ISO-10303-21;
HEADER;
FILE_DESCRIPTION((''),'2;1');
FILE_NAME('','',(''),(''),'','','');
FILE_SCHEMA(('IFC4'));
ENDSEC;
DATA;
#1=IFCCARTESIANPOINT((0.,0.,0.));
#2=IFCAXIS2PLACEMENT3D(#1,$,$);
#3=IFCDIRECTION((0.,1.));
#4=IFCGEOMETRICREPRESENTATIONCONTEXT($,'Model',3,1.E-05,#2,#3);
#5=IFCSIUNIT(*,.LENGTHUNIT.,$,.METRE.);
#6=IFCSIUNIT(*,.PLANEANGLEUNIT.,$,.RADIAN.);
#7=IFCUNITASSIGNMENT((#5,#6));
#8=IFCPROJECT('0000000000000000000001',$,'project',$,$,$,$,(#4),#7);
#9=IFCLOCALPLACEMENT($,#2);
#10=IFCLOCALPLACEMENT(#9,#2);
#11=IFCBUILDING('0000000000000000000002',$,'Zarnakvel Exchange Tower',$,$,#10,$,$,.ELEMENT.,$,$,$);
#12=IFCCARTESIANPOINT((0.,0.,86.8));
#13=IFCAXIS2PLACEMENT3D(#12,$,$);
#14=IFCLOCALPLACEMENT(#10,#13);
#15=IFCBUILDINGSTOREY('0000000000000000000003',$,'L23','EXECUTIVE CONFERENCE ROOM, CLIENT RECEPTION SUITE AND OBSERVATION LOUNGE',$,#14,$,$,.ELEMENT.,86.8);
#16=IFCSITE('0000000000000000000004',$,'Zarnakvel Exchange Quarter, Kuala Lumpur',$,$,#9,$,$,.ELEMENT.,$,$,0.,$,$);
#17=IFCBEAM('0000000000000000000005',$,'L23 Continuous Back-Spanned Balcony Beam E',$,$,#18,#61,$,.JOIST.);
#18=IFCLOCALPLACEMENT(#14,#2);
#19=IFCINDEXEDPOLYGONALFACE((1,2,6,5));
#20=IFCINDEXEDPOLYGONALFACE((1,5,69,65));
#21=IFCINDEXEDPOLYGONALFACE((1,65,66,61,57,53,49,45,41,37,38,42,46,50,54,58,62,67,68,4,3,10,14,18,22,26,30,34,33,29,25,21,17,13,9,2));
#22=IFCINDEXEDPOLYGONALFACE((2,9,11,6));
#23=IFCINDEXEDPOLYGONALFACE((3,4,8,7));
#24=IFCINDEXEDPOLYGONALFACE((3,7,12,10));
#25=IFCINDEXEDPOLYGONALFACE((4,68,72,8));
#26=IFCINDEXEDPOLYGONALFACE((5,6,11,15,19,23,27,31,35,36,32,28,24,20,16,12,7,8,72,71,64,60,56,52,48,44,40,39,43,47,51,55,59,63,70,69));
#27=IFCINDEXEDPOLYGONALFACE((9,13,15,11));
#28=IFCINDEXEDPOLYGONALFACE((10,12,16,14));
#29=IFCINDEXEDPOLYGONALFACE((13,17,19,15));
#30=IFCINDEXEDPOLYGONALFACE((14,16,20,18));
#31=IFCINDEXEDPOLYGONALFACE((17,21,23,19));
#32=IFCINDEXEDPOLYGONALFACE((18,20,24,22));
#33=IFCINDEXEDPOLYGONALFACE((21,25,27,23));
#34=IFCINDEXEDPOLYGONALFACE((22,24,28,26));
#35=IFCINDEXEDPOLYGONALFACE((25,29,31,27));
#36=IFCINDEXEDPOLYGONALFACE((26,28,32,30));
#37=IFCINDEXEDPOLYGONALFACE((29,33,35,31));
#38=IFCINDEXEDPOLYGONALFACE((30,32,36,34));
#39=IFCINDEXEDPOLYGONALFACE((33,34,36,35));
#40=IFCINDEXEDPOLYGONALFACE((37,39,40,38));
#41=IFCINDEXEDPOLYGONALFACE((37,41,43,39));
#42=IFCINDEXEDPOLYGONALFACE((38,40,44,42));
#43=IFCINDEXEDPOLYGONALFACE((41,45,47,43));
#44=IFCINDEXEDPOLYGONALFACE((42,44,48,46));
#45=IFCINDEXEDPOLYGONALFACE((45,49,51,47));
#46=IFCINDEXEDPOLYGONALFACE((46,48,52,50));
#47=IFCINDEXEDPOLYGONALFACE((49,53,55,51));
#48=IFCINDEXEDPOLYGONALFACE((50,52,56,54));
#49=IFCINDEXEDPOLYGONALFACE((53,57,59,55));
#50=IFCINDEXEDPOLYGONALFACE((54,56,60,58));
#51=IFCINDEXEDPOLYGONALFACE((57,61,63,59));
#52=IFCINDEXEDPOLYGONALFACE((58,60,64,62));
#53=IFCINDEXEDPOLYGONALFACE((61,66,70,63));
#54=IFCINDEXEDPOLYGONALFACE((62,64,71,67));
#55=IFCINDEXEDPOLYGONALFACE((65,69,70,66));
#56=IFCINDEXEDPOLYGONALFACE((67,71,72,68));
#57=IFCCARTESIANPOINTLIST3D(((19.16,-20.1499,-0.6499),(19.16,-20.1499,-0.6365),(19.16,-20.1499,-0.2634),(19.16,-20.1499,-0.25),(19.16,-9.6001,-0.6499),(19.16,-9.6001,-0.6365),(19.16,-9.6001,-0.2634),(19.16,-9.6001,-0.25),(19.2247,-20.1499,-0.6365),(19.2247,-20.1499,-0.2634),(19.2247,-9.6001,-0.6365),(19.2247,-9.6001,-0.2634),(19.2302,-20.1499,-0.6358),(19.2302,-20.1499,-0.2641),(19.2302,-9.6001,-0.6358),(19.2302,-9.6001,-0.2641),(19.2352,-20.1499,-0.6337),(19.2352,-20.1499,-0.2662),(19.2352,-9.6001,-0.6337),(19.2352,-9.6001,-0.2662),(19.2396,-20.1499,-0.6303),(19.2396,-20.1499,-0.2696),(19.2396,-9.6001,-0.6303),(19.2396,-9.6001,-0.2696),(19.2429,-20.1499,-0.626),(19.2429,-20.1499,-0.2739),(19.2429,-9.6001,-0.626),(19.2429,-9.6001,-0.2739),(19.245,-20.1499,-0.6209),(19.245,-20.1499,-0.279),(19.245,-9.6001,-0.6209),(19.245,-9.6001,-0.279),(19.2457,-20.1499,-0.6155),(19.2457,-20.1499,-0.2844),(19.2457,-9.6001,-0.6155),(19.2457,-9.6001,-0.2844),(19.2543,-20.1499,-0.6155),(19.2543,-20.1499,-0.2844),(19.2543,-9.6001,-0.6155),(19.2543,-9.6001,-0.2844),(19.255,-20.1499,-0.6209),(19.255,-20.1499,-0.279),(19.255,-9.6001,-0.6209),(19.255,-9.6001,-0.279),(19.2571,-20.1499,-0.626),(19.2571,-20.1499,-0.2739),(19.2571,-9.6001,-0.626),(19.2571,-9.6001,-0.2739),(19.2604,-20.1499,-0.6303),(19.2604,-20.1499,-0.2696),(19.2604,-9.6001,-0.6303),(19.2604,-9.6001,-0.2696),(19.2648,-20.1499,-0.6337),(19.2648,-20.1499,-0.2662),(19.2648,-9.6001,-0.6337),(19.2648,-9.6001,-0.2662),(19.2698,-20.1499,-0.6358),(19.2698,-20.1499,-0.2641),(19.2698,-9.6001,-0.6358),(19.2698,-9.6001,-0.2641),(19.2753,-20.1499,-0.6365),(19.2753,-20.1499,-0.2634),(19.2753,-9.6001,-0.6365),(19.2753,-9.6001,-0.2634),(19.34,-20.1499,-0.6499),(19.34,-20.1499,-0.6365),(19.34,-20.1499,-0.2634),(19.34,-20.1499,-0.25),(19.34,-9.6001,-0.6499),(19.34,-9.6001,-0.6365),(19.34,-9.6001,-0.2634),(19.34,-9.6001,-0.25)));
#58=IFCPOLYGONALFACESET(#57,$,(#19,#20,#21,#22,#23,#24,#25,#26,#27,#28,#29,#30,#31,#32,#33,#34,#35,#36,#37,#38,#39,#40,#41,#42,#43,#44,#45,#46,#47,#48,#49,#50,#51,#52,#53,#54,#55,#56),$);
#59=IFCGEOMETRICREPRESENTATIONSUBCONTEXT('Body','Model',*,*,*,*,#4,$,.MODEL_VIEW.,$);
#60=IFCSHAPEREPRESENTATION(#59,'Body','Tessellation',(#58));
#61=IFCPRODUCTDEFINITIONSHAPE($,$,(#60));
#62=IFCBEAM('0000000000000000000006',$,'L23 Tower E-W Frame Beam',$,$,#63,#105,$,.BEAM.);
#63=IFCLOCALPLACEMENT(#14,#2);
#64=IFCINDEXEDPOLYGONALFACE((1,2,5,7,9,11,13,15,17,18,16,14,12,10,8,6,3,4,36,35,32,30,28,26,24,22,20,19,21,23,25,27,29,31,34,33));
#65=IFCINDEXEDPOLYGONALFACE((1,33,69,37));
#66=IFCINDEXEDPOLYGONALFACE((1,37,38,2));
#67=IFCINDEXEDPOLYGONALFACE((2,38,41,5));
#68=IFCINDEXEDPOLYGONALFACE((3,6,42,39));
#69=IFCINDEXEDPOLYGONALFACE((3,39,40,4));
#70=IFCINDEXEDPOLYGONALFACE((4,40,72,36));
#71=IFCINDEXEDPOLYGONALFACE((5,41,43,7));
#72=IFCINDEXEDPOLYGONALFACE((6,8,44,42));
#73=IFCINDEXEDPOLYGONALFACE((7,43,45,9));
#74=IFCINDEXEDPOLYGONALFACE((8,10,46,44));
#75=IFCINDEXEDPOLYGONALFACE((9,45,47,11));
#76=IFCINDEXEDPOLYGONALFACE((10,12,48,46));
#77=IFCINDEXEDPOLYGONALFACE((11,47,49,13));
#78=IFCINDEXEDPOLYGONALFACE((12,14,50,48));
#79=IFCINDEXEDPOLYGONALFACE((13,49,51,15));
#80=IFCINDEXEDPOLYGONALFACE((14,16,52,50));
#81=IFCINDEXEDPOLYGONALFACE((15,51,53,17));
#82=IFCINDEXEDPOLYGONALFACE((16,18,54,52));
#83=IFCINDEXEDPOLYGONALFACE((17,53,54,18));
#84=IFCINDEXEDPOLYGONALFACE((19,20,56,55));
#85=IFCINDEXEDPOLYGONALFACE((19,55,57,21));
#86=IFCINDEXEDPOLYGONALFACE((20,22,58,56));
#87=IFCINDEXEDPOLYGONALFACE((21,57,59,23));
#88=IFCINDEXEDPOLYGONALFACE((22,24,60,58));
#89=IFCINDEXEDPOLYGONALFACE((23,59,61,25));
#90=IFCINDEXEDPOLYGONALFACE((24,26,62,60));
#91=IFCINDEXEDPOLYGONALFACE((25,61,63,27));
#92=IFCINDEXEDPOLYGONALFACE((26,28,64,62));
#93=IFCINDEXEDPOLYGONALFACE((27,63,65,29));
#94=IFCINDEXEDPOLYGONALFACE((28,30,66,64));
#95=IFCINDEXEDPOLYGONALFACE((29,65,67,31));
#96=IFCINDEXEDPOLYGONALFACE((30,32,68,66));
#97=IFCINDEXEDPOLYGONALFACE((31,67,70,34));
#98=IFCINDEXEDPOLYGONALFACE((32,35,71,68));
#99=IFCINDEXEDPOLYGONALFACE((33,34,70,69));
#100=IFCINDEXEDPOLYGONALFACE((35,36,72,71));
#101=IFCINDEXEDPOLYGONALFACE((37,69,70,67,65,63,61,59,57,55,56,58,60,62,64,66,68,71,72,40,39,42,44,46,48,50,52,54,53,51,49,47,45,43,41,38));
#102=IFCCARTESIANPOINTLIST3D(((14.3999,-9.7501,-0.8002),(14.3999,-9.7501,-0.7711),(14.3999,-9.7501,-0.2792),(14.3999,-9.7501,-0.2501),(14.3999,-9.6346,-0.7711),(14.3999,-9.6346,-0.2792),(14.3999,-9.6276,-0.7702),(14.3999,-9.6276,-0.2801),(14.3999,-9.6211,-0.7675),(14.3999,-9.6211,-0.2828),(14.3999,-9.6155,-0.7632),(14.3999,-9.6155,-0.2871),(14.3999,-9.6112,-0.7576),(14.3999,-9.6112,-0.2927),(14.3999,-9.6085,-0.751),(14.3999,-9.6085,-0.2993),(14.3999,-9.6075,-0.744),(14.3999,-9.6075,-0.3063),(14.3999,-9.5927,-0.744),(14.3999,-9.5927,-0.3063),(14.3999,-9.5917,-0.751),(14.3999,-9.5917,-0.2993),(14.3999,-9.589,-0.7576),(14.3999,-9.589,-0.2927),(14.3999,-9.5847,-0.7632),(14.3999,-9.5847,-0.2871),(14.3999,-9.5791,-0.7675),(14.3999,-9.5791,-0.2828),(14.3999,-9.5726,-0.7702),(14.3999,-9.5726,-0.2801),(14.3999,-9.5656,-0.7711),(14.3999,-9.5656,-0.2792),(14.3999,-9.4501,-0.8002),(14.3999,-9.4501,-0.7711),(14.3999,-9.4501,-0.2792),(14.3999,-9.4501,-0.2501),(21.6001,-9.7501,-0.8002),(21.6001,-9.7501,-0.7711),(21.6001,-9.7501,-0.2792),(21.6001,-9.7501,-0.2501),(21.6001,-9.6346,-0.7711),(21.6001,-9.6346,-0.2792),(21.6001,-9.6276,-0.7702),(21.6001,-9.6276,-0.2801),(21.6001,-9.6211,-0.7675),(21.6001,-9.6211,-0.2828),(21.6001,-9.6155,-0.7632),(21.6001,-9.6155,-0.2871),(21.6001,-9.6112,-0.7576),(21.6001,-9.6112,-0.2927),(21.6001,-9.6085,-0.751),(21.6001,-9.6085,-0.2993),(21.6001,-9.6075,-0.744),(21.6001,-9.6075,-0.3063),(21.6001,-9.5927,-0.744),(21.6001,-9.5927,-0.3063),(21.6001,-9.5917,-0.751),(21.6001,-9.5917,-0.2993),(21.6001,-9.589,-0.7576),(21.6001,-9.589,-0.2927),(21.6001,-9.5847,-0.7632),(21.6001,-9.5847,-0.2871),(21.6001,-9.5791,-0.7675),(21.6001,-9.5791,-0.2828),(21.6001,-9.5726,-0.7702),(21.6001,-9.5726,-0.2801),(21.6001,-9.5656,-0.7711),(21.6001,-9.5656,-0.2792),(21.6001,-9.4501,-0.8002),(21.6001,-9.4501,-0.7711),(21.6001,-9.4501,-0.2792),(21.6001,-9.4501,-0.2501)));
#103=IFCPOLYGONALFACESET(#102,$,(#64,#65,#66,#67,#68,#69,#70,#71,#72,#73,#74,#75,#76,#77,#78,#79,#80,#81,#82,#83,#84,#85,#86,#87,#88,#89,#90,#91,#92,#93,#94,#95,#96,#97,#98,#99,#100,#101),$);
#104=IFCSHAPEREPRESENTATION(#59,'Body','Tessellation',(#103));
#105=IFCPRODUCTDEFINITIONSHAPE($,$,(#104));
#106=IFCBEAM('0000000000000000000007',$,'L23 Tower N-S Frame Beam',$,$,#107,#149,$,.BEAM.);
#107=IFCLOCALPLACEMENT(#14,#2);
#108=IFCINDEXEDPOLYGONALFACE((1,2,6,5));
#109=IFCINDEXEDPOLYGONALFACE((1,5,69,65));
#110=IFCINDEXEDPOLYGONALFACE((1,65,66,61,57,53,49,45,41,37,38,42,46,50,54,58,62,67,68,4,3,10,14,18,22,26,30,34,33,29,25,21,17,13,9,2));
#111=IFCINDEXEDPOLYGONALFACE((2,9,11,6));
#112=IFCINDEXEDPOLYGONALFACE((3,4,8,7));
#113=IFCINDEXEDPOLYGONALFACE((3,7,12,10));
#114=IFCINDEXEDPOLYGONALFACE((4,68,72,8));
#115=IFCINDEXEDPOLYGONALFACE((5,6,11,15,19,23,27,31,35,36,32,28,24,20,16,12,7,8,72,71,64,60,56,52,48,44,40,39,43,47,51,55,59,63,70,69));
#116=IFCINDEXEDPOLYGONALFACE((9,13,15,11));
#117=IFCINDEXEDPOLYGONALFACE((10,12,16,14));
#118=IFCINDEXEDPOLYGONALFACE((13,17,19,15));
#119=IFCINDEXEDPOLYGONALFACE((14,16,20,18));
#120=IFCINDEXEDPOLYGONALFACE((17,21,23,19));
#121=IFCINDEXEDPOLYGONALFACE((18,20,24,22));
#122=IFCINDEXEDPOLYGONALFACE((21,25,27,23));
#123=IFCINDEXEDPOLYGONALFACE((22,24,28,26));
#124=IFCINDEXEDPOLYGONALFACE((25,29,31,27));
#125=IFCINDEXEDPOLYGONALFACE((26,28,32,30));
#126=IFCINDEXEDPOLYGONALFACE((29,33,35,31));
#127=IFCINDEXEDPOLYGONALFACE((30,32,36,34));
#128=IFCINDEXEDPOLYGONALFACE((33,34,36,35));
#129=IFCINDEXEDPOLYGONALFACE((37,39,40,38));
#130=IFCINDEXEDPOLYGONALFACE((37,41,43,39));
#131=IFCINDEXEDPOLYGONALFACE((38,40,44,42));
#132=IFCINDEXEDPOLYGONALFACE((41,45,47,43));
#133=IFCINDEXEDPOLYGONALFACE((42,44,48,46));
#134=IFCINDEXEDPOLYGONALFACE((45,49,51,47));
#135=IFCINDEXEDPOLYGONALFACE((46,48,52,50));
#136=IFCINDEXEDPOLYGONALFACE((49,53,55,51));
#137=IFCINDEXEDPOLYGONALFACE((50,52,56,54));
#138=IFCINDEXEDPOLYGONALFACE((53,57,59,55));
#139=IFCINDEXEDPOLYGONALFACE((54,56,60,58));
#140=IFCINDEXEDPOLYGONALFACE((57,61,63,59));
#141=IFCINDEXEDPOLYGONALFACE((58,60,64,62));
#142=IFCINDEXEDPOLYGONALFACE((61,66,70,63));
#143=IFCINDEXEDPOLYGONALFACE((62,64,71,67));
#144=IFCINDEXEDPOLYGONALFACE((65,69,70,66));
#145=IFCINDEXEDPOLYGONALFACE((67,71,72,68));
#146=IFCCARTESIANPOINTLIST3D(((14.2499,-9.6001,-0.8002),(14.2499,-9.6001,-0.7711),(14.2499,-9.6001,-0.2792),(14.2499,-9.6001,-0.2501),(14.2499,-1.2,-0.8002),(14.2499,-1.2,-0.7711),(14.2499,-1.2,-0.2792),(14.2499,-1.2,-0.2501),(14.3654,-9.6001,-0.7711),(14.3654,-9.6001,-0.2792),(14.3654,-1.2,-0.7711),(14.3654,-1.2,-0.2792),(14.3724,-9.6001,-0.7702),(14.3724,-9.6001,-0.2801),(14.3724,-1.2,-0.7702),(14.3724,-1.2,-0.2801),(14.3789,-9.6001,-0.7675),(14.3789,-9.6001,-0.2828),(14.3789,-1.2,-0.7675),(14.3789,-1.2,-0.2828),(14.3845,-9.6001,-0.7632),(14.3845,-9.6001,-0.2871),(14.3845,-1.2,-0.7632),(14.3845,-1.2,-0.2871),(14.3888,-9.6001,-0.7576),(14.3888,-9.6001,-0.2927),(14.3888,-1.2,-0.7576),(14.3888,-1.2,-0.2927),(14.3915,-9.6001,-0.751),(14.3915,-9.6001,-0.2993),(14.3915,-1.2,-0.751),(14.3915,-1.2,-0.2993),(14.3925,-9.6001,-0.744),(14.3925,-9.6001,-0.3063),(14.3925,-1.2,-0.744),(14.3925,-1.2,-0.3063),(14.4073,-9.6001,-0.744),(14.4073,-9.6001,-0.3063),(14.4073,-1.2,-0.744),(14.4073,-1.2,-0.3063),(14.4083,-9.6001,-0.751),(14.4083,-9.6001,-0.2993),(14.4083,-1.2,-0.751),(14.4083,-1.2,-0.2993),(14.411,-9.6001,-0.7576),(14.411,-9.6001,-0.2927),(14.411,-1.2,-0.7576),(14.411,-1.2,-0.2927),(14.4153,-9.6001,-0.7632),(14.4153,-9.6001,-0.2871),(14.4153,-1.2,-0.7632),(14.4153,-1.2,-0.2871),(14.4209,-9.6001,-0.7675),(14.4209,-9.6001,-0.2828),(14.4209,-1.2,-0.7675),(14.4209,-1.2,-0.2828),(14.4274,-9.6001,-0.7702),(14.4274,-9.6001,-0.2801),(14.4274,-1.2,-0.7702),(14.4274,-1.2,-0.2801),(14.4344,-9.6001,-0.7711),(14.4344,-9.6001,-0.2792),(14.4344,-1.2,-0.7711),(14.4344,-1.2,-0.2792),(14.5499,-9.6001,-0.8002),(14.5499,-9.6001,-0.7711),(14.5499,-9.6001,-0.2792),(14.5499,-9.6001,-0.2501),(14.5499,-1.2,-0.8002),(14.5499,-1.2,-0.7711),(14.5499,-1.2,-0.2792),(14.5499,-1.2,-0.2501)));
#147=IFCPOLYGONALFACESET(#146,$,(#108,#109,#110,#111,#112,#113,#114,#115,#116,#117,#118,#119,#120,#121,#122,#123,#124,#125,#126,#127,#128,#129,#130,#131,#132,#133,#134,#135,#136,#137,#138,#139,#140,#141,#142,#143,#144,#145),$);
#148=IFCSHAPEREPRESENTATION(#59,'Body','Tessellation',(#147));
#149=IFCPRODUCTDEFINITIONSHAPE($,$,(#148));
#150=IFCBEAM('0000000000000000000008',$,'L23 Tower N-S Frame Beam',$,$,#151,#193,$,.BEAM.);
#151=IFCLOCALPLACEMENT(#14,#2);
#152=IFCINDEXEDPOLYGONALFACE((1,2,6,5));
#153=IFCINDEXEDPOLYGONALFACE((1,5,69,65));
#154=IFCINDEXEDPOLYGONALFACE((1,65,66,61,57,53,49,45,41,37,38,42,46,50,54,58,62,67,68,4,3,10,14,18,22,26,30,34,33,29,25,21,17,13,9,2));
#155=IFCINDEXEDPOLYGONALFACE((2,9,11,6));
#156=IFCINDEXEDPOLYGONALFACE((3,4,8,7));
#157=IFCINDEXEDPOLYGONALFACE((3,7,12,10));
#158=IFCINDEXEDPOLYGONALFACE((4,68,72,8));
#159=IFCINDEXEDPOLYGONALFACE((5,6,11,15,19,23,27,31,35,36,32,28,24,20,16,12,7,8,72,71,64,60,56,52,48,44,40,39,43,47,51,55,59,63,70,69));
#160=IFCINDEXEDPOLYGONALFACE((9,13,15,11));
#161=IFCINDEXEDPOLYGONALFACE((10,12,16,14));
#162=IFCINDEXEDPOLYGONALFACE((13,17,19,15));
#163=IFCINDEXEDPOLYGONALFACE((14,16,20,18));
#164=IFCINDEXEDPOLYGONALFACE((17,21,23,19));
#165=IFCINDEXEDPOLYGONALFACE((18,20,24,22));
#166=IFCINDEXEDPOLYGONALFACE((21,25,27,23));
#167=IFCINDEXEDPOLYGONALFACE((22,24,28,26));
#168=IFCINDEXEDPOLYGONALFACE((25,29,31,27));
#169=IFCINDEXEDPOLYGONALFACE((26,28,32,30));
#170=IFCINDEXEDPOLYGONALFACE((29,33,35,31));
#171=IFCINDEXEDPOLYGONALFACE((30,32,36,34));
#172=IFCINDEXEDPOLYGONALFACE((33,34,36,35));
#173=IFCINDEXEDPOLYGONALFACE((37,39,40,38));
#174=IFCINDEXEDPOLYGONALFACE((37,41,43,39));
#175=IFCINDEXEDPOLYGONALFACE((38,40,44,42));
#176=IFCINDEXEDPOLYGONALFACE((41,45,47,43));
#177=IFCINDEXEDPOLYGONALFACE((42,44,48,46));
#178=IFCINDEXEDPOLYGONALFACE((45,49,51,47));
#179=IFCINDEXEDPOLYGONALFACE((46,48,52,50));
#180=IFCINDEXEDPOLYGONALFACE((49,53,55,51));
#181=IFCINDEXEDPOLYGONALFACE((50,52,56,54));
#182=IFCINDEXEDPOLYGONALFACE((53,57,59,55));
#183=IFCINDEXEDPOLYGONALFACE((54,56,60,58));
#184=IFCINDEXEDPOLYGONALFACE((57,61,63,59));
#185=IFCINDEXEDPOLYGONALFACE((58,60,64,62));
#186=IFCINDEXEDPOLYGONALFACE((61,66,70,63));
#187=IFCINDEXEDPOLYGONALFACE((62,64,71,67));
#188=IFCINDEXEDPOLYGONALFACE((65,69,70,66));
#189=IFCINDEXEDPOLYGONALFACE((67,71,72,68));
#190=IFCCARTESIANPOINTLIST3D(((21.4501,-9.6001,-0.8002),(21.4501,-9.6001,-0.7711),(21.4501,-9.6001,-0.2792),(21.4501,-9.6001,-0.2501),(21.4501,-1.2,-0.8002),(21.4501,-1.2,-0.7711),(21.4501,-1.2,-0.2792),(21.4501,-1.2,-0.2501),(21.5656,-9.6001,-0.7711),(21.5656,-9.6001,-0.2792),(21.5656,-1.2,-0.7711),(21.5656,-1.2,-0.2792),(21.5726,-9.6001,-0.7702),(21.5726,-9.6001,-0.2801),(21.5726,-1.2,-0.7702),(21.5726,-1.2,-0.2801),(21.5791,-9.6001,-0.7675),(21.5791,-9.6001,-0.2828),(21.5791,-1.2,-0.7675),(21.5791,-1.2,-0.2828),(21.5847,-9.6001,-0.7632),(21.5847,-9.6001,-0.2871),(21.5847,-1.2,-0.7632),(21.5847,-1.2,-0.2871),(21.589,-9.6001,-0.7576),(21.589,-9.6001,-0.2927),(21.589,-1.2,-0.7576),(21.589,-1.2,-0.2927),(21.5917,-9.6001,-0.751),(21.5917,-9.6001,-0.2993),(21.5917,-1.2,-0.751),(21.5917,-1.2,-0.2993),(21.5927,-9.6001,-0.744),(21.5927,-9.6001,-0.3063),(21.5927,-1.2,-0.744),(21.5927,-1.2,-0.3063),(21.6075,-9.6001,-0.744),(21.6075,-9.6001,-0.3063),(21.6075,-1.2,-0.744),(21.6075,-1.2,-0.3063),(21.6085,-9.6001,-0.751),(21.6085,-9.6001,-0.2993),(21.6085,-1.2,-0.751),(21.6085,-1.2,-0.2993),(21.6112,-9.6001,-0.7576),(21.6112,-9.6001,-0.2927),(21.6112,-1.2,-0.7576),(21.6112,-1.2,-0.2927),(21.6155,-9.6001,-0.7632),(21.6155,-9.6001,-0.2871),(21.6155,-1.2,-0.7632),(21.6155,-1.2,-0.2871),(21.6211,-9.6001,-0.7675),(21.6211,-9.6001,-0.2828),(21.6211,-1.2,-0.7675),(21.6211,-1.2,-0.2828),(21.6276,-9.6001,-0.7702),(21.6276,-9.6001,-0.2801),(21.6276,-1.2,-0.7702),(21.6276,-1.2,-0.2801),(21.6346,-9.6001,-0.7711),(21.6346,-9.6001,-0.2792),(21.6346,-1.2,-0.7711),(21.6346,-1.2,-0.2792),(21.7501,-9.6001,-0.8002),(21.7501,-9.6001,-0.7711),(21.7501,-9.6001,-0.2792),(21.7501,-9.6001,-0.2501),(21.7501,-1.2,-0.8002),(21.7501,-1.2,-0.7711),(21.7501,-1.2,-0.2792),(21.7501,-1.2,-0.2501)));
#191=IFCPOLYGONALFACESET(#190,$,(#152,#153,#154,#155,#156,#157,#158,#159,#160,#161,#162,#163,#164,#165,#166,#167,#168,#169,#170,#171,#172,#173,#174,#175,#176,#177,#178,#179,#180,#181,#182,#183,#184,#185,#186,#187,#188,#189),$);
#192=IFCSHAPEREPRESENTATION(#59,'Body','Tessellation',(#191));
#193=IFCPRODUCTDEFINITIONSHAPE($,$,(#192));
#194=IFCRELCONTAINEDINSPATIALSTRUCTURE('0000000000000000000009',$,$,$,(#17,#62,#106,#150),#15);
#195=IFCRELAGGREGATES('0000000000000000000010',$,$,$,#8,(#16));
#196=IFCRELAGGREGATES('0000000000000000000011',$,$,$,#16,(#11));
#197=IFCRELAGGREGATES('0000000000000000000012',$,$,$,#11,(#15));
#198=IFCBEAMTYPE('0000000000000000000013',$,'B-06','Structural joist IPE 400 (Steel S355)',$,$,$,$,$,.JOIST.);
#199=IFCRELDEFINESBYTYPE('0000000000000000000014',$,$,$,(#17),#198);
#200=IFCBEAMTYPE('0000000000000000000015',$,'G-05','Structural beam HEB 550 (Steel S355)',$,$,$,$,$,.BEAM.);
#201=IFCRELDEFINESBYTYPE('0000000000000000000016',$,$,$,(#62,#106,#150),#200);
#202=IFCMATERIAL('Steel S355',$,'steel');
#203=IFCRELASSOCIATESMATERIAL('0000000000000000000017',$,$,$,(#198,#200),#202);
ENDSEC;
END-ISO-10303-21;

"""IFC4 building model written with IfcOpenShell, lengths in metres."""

from ifc_helpers import new_model, si_unit, direction, frame, origin, origin_2d, place, context, subcontext, project, spatial, i_section, extrude, material, material_profile, profile_set, type_object, element, save


model = new_model("IFC4")

# Units and contexts
model_context = context("Model", 3, precision=1e-05, world=origin(), true_north=direction((0.0, 1.0)))
body_context = subcontext(model_context, "Body", "Model", "MODEL_VIEW")
ifc_project = project(units=[si_unit("LENGTHUNIT", "METRE"), si_unit("PLANEANGLEUNIT", "RADIAN")], contexts=[model_context])

# Site, building, storey
site_placement = place(None, origin())
site = spatial("IfcSite", under=ifc_project, at=site_placement, Name="Zarnakvel Exchange Quarter, Kuala Lumpur", CompositionType="ELEMENT", RefElevation=0.0)
building_placement = place(site_placement, origin())
building = spatial("IfcBuilding", under=site, at=building_placement, Name="Zarnakvel Exchange Tower", CompositionType="ELEMENT")
storey_placement = place(building_placement, frame((0.0, 0.0, 86.8)))
storey = spatial("IfcBuildingStorey", under=building, at=storey_placement, Name="L23", Description="EXECUTIVE CONFERENCE ROOM, CLIENT RECEPTION SUITE AND OBSERVATION LOUNGE", CompositionType="ELEMENT", Elevation=86.8)

# Shared definitions
ifc_material_1 = material(Name="Steel S355", Category="steel")

# Beams
ifc_material_profile_1 = material_profile(ifc_material_1, i_section(OverallWidth=0.1799, OverallDepth=0.3999, WebThickness=0.0085, FlangeThickness=0.0134, FilletRadius=0.021, at=origin_2d()))
ifc_profile_set_1 = profile_set([ifc_material_profile_1], Name="Steel S355")
beam_type_1 = type_object("IfcBeamType", Name="B-06", Description="Structural joist IPE 400 (Steel S355)", PredefinedType="JOIST", material=ifc_profile_set_1)
beam_1_placement = place(storey_placement, frame((19.25, -9.6001, -0.45), z_axis=(0.0, -1.0, 0.0), x_axis=(1.0, 0.0, 0.0)))
element("IfcBeam", 1, at=beam_1_placement, inside=storey, type_object=beam_type_1, Name="L23 Continuous Back-Spanned Balcony Beam E", PredefinedType="JOIST", context=body_context, shape_type="SweptSolid", body=[
    extrude(i_section(OverallWidth=0.1799, OverallDepth=0.3999, WebThickness=0.0085, FlangeThickness=0.0134, FilletRadius=0.021, at=origin_2d()), origin(), (0.0, 0.0, 1.0), 10.5498),
])
ifc_material_profile_2 = material_profile(ifc_material_1, i_section(OverallWidth=0.3, OverallDepth=0.55, WebThickness=0.0149, FlangeThickness=0.0291, FilletRadius=0.0271, at=origin_2d()))
ifc_profile_set_2 = profile_set([ifc_material_profile_2], Name="Steel S355")
beam_type_2 = type_object("IfcBeamType", Name="G-05", Description="Structural beam HEB 550 (Steel S355)", PredefinedType="BEAM", material=ifc_profile_set_2)
beam_2_placement = place(storey_placement, frame((14.3999, -9.6001, -0.5251), z_axis=(1.0, 0.0, 0.0), x_axis=(0.0, 1.0, 0.0)))
element("IfcBeam", 2, at=beam_2_placement, inside=storey, type_object=beam_type_2, Name="L23 Tower E-W Frame Beam", PredefinedType="BEAM", context=body_context, shape_type="SweptSolid", body=[
    extrude(i_section(OverallWidth=0.3, OverallDepth=0.55, WebThickness=0.0149, FlangeThickness=0.0291, FilletRadius=0.0271, at=origin_2d()), origin(), (0.0, 0.0, 1.0), 7.2002),
])
for number, where, z_axis, x_axis, name in (
    (3, (14.3999, -9.6001, -0.5251), (0.0, 1.0, 0.0), (-1.0, 0.0, 0.0), "L23 Tower N-S Frame Beam"),
    (4, (21.6001, -9.6001, -0.5251), (0.0, 1.0, 0.0), (-1.0, 0.0, 0.0), "L23 Tower N-S Frame Beam"),
):
    element("IfcBeam", number, at=place(storey_placement, frame(where, z_axis=z_axis, x_axis=x_axis)), inside=storey, type_object=beam_type_2, Name=name, PredefinedType="BEAM", context=body_context, shape_type="SweptSolid", body=[
        extrude(i_section(OverallWidth=0.3, OverallDepth=0.55, WebThickness=0.0149, FlangeThickness=0.0291, FilletRadius=0.0271, at=origin_2d()), origin(), (0.0, 0.0, 1.0), 8.4001),
    ])

save(model, "model.ifc")
